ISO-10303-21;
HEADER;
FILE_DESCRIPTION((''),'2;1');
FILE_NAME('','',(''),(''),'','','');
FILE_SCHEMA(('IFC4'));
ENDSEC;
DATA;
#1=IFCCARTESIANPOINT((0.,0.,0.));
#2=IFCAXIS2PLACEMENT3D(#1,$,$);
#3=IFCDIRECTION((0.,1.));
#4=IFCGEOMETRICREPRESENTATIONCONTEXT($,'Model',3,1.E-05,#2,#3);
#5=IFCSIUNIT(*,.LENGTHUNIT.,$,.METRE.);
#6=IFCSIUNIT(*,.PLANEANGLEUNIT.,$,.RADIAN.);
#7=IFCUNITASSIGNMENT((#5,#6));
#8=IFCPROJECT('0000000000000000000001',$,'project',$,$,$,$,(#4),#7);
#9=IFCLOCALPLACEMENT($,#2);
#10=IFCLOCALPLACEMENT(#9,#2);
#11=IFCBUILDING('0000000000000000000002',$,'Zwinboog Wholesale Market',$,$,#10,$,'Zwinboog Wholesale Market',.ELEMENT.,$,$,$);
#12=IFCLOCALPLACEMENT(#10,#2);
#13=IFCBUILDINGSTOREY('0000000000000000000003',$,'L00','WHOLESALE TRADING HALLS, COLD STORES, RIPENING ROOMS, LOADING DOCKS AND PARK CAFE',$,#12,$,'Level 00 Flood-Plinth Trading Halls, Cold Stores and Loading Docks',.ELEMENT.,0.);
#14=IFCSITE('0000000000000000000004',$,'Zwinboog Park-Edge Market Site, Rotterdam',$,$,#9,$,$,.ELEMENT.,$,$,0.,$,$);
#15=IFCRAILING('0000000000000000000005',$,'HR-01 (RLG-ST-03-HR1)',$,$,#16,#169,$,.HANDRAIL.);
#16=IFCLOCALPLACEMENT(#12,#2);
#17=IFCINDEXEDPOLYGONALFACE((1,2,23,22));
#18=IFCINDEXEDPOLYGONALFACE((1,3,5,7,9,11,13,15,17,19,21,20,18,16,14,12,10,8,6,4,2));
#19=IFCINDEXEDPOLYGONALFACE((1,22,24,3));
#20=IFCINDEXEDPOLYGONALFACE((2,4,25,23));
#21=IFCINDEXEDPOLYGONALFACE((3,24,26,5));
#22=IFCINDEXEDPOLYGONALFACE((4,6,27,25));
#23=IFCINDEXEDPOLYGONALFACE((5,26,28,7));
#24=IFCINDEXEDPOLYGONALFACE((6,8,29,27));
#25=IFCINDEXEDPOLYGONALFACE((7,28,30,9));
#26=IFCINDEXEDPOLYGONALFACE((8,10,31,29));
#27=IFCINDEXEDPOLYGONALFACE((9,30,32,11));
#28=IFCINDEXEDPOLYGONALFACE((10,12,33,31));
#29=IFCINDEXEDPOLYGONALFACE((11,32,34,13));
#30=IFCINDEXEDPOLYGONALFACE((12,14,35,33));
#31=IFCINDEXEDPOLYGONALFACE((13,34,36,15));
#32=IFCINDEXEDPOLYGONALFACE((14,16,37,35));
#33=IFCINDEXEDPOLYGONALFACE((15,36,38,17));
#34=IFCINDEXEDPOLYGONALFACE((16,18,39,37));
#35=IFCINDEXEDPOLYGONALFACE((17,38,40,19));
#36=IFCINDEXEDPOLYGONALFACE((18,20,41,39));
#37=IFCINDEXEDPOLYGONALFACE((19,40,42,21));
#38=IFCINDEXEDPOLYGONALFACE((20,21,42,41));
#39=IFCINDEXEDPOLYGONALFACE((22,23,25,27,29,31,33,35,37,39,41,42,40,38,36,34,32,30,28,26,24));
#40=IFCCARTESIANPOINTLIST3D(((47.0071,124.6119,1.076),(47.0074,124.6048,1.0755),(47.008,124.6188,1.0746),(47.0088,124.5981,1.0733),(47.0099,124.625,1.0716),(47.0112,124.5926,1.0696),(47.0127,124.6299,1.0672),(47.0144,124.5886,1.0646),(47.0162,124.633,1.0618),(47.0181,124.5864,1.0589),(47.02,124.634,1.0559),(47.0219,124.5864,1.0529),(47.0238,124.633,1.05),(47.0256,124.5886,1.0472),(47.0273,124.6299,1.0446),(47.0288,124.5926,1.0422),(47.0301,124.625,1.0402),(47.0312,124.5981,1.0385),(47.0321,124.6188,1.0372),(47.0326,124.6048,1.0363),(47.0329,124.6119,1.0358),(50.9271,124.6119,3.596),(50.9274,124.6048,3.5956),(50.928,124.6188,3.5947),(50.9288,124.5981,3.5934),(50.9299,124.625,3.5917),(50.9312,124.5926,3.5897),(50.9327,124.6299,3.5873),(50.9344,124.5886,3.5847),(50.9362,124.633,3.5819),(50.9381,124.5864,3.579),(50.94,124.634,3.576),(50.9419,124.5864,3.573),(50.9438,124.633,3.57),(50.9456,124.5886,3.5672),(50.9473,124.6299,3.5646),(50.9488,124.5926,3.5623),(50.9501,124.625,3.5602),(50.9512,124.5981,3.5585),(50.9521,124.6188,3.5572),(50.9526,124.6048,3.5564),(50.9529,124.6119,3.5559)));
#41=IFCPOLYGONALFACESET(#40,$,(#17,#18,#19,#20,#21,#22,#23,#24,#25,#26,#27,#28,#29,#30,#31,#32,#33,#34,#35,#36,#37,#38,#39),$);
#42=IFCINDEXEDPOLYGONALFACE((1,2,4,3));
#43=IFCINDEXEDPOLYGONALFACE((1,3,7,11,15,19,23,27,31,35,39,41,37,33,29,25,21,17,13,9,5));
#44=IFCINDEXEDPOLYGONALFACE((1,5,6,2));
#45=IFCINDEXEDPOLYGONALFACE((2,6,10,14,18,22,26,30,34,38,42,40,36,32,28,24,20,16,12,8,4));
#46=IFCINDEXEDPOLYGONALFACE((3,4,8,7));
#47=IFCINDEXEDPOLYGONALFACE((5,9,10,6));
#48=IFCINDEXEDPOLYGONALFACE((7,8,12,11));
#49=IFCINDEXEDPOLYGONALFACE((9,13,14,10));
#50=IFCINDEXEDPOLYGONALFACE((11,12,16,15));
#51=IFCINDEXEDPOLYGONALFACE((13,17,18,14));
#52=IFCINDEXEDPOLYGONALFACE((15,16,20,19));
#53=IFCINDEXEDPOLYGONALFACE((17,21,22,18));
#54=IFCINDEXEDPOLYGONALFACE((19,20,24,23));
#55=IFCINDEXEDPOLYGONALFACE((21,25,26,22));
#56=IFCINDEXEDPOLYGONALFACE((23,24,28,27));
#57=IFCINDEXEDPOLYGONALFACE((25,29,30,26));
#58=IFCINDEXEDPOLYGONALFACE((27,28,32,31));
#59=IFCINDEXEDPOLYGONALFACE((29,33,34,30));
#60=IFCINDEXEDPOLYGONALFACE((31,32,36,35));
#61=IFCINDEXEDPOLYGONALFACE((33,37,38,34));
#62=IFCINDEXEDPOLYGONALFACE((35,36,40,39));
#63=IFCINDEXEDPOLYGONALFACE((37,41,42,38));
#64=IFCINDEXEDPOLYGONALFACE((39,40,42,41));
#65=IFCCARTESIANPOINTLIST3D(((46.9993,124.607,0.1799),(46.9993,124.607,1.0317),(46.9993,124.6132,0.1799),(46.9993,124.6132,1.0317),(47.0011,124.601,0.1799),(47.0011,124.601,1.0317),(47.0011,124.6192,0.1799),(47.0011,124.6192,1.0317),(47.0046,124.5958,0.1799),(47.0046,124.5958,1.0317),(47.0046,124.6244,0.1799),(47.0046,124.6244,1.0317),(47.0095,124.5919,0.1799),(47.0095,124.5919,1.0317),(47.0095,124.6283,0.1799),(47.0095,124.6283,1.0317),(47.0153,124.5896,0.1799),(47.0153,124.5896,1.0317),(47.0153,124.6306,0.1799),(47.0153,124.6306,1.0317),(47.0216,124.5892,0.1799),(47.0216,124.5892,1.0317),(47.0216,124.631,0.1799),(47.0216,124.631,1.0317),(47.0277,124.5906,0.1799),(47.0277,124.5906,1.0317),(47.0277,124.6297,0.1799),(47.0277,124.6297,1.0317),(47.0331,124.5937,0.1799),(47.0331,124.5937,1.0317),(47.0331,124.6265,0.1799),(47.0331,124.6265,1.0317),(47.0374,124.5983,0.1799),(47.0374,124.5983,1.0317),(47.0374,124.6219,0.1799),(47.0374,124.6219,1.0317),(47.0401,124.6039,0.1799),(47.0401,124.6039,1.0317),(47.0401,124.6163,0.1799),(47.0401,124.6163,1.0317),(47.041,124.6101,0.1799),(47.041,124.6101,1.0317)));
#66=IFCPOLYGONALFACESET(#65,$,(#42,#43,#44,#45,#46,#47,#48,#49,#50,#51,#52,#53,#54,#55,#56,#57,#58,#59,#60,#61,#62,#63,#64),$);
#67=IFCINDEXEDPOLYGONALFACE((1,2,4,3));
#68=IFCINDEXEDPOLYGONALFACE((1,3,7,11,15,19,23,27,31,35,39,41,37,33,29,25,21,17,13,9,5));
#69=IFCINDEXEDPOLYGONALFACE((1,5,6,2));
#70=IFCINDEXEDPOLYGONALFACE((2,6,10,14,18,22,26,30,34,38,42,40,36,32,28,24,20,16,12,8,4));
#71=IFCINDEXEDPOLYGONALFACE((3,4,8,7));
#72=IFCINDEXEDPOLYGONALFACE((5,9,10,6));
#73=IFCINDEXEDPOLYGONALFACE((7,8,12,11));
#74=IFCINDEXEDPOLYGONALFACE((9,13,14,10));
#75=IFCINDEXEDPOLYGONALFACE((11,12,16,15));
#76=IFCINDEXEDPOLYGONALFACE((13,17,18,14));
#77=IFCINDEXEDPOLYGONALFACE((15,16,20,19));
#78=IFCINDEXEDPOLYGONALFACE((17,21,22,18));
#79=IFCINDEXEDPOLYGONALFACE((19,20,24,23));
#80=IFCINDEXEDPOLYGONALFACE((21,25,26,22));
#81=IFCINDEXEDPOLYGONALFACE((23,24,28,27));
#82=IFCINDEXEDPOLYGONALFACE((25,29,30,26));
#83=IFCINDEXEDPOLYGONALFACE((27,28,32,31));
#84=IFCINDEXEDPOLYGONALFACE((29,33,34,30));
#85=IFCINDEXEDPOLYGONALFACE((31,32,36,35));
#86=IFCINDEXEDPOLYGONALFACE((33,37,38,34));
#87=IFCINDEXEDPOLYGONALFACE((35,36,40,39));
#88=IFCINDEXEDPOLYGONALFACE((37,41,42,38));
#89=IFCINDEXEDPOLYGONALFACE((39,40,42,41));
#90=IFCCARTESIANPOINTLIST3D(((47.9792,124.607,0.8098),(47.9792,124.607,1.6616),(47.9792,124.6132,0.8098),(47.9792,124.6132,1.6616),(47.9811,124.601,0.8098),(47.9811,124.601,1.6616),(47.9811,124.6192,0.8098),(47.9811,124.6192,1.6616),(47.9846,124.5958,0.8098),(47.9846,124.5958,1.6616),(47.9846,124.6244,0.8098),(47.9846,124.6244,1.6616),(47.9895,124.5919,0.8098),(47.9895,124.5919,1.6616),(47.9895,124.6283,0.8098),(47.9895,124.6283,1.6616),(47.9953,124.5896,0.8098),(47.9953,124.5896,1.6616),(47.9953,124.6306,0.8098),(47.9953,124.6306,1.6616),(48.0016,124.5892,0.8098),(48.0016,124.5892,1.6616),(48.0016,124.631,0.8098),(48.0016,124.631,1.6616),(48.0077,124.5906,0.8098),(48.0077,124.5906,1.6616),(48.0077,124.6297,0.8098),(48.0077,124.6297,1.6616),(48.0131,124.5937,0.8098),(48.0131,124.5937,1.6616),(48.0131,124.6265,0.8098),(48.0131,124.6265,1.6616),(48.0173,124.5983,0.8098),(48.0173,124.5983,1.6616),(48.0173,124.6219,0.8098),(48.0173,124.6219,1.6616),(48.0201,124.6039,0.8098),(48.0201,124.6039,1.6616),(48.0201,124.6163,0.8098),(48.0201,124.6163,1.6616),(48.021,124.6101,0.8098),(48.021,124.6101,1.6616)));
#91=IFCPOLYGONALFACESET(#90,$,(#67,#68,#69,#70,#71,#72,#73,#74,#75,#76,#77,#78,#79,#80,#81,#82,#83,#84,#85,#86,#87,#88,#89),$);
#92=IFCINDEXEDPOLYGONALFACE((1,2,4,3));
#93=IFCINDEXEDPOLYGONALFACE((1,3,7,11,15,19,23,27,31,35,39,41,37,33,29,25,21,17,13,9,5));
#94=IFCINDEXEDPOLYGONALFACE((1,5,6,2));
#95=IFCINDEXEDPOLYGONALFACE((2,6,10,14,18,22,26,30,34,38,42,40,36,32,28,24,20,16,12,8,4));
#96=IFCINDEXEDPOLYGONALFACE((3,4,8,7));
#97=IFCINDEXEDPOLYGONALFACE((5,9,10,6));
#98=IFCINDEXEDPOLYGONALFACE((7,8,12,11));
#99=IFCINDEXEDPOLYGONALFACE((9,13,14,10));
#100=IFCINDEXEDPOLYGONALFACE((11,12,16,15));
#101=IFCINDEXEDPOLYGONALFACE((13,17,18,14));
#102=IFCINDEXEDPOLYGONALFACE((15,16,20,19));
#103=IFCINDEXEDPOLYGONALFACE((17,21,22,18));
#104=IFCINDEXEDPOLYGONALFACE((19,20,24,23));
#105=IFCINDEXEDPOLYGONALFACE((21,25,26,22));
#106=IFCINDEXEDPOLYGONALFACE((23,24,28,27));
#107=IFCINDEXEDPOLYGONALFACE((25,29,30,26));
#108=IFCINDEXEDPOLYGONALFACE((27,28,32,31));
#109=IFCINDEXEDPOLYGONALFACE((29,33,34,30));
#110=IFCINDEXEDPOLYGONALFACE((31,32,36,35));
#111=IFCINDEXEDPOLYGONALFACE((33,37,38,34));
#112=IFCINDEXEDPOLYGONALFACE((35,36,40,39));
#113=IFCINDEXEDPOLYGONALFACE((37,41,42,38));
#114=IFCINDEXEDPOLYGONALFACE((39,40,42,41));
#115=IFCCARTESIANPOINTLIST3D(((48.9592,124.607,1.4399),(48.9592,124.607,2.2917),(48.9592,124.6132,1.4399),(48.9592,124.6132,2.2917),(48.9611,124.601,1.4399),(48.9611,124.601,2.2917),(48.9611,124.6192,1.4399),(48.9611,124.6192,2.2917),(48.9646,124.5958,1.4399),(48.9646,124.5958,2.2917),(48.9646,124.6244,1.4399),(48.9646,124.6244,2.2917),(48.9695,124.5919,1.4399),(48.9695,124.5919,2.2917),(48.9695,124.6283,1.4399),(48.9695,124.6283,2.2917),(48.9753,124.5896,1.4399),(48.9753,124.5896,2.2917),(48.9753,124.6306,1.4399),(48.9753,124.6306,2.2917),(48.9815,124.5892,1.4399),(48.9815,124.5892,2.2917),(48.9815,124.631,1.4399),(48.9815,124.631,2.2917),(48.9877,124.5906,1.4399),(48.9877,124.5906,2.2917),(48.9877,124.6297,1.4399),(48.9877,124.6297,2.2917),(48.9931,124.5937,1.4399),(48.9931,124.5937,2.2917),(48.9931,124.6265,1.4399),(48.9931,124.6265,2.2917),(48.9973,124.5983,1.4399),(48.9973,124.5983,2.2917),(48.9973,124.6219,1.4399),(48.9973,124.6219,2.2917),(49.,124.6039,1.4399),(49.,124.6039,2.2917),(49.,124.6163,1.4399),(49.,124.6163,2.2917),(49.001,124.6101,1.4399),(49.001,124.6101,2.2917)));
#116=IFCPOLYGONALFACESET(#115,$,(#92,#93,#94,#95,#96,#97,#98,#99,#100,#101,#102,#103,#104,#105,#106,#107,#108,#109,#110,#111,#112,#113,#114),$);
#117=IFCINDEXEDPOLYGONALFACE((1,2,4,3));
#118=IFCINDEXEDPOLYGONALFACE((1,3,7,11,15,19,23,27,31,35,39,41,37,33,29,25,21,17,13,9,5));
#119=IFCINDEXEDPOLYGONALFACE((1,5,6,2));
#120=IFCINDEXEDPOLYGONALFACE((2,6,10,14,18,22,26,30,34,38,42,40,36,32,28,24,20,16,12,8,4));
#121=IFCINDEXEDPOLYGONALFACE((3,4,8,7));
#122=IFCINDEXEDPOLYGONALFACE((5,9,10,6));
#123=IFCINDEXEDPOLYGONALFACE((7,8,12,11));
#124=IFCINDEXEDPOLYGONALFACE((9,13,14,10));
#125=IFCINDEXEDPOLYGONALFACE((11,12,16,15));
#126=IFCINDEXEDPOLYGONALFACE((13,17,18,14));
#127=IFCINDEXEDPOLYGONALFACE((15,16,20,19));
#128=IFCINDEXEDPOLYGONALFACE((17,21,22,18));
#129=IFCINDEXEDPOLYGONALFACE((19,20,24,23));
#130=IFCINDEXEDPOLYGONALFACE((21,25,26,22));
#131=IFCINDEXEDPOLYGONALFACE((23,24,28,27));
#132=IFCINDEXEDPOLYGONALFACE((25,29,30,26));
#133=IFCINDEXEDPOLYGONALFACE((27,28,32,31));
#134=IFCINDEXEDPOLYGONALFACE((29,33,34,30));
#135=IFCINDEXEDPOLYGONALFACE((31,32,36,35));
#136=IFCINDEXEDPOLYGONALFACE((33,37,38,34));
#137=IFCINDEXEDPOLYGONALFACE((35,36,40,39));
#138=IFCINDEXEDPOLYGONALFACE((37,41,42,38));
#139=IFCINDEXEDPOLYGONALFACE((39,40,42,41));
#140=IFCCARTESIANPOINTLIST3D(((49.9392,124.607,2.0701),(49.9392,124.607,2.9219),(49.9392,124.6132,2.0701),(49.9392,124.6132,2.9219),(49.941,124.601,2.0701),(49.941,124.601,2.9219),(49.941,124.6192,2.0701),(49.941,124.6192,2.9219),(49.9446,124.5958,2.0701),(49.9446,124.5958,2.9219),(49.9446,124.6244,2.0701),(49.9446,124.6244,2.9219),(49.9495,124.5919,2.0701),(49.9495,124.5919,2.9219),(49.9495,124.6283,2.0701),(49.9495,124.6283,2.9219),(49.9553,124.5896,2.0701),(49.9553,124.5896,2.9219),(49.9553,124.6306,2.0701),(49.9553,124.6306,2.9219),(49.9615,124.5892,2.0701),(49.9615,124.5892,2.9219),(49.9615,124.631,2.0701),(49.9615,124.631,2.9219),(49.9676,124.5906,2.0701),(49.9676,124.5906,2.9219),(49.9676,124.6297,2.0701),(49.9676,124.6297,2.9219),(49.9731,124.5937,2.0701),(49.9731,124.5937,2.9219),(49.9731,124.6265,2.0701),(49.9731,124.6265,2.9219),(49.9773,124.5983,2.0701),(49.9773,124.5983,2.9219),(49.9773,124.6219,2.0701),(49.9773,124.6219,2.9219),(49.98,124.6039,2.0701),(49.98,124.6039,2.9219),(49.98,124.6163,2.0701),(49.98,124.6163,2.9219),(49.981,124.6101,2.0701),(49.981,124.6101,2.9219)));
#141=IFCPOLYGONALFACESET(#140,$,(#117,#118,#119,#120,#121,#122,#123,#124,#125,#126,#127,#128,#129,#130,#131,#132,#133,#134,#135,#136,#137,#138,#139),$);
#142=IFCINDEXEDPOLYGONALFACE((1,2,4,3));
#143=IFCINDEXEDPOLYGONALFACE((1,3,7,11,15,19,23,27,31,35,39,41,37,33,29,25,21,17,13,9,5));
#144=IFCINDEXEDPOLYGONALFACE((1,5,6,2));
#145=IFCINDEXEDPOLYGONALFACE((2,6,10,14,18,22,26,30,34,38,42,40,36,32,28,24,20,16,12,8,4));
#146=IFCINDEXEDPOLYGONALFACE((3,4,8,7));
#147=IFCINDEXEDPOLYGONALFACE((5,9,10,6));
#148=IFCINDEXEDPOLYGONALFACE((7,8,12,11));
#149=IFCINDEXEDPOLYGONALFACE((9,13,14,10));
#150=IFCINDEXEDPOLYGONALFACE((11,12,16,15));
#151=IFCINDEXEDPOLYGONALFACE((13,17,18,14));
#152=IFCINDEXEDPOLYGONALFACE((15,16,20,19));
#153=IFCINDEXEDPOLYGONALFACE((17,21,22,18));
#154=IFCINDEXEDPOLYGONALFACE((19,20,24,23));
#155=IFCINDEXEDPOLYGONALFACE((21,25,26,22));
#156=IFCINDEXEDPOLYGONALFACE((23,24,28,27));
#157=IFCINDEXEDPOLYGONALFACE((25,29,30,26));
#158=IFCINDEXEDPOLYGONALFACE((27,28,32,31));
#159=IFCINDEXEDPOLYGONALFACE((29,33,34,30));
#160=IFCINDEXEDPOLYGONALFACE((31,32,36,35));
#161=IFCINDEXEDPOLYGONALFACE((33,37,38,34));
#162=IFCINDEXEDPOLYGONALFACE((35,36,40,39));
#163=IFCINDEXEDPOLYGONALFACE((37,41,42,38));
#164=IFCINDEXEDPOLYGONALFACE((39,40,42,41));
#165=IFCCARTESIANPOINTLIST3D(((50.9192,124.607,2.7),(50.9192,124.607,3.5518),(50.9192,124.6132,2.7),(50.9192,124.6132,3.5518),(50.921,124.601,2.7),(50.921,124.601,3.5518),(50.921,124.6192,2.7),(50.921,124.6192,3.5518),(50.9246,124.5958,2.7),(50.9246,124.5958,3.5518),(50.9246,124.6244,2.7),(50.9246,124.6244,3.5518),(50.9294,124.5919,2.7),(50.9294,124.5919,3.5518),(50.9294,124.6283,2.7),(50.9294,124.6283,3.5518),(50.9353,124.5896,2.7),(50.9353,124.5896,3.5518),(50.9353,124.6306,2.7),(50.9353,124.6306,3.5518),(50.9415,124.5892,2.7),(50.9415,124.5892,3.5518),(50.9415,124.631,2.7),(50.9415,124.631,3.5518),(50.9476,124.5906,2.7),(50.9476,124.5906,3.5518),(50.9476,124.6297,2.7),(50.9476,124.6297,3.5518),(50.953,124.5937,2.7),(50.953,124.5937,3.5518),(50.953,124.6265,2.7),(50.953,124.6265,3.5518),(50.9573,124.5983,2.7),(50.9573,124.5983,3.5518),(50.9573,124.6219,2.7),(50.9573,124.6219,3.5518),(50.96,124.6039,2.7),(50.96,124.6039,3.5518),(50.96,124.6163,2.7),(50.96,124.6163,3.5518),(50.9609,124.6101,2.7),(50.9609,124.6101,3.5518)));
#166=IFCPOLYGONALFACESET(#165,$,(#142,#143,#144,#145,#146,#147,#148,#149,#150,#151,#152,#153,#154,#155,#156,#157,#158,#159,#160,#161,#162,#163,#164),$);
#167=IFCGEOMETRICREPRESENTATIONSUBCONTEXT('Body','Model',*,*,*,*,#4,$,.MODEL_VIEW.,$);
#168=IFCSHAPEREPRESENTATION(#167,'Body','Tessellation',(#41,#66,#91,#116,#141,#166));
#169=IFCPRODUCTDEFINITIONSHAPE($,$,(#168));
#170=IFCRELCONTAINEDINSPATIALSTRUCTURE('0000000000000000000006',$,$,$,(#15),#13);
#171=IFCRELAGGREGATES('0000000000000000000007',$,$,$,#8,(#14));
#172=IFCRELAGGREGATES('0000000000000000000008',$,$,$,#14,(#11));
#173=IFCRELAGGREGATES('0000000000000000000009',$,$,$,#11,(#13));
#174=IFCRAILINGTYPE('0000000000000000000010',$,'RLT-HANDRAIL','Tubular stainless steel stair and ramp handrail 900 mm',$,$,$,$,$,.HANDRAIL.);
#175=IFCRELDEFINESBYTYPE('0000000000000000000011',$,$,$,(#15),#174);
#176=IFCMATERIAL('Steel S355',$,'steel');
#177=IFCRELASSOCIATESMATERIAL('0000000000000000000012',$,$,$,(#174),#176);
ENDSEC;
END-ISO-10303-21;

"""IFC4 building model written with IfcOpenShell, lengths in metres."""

from ifc_helpers import new_model, si_unit, direction, frame, origin, origin_2d, place, context, subcontext, project, spatial, circle, extrude, material, type_object, element, save


model = new_model("IFC4")

# Units and contexts
model_context = context("Model", 3, precision=1e-05, world=origin(), true_north=direction((0.0, 1.0)))
body_context = subcontext(model_context, "Body", "Model", "MODEL_VIEW")
ifc_project = project(units=[si_unit("LENGTHUNIT", "METRE"), si_unit("PLANEANGLEUNIT", "RADIAN")], contexts=[model_context])

# Site, building, storey
site_placement = place(None, origin())
site = spatial("IfcSite", under=ifc_project, at=site_placement, Name="Zwinboog Park-Edge Market Site, Rotterdam", CompositionType="ELEMENT", RefElevation=0.0)
building_placement = place(site_placement, origin())
building = spatial("IfcBuilding", under=site, at=building_placement, Name="Zwinboog Wholesale Market", LongName="Zwinboog Wholesale Market", CompositionType="ELEMENT")
storey_placement = place(building_placement, origin())
storey = spatial("IfcBuildingStorey", under=building, at=storey_placement, Name="L00", Description="WHOLESALE TRADING HALLS, COLD STORES, RIPENING ROOMS, LOADING DOCKS AND PARK CAFE", LongName="Level 00 Flood-Plinth Trading Halls, Cold Stores and Loading Docks", CompositionType="ELEMENT", Elevation=0.0)

# Railing
ifc_material_1 = material(Name="Steel S355", Category="steel")
railing_type_1 = type_object("IfcRailingType", Name="RLT-HANDRAIL", Description="Tubular stainless steel stair and ramp handrail 900 mm", PredefinedType="HANDRAIL", material=ifc_material_1)
railing_1_placement = place(storey_placement, frame((47.02, 124.6101, 0.1799)))
element("IfcRailing", 1, at=railing_1_placement, inside=storey, type_object=railing_type_1, Name="HR-01 (RLG-ST-03-HR1)", PredefinedType="HANDRAIL", context=body_context, shape_type="SweptSolid", body=[
    extrude(circle(Radius=0.0239, at=origin_2d()), frame((0.0, 0.0, 0.876), z_axis=(0.841172, 0.0, 0.540768), x_axis=(0.0, 1.0, 0.0)), (0.0, 0.0, 1.0), 4.6602),
    extrude(circle(Radius=0.021, at=origin_2d()), origin(), (0.0, 0.0, 1.0), 0.8518),
    extrude(circle(Radius=0.021, at=origin_2d()), frame((0.98, 0.0, 0.6299)), (0.0, 0.0, 1.0), 0.8518),
    extrude(circle(Radius=0.021, at=origin_2d()), frame((1.96, 0.0, 1.26)), (0.0, 0.0, 1.0), 0.8518),
    extrude(circle(Radius=0.021, at=origin_2d()), frame((2.9399, 0.0, 1.8901)), (0.0, 0.0, 1.0), 0.8518),
    extrude(circle(Radius=0.021, at=origin_2d()), frame((3.9199, 0.0, 2.52)), (0.0, 0.0, 1.0), 0.8518),
])

save(model, "model.ifc")
